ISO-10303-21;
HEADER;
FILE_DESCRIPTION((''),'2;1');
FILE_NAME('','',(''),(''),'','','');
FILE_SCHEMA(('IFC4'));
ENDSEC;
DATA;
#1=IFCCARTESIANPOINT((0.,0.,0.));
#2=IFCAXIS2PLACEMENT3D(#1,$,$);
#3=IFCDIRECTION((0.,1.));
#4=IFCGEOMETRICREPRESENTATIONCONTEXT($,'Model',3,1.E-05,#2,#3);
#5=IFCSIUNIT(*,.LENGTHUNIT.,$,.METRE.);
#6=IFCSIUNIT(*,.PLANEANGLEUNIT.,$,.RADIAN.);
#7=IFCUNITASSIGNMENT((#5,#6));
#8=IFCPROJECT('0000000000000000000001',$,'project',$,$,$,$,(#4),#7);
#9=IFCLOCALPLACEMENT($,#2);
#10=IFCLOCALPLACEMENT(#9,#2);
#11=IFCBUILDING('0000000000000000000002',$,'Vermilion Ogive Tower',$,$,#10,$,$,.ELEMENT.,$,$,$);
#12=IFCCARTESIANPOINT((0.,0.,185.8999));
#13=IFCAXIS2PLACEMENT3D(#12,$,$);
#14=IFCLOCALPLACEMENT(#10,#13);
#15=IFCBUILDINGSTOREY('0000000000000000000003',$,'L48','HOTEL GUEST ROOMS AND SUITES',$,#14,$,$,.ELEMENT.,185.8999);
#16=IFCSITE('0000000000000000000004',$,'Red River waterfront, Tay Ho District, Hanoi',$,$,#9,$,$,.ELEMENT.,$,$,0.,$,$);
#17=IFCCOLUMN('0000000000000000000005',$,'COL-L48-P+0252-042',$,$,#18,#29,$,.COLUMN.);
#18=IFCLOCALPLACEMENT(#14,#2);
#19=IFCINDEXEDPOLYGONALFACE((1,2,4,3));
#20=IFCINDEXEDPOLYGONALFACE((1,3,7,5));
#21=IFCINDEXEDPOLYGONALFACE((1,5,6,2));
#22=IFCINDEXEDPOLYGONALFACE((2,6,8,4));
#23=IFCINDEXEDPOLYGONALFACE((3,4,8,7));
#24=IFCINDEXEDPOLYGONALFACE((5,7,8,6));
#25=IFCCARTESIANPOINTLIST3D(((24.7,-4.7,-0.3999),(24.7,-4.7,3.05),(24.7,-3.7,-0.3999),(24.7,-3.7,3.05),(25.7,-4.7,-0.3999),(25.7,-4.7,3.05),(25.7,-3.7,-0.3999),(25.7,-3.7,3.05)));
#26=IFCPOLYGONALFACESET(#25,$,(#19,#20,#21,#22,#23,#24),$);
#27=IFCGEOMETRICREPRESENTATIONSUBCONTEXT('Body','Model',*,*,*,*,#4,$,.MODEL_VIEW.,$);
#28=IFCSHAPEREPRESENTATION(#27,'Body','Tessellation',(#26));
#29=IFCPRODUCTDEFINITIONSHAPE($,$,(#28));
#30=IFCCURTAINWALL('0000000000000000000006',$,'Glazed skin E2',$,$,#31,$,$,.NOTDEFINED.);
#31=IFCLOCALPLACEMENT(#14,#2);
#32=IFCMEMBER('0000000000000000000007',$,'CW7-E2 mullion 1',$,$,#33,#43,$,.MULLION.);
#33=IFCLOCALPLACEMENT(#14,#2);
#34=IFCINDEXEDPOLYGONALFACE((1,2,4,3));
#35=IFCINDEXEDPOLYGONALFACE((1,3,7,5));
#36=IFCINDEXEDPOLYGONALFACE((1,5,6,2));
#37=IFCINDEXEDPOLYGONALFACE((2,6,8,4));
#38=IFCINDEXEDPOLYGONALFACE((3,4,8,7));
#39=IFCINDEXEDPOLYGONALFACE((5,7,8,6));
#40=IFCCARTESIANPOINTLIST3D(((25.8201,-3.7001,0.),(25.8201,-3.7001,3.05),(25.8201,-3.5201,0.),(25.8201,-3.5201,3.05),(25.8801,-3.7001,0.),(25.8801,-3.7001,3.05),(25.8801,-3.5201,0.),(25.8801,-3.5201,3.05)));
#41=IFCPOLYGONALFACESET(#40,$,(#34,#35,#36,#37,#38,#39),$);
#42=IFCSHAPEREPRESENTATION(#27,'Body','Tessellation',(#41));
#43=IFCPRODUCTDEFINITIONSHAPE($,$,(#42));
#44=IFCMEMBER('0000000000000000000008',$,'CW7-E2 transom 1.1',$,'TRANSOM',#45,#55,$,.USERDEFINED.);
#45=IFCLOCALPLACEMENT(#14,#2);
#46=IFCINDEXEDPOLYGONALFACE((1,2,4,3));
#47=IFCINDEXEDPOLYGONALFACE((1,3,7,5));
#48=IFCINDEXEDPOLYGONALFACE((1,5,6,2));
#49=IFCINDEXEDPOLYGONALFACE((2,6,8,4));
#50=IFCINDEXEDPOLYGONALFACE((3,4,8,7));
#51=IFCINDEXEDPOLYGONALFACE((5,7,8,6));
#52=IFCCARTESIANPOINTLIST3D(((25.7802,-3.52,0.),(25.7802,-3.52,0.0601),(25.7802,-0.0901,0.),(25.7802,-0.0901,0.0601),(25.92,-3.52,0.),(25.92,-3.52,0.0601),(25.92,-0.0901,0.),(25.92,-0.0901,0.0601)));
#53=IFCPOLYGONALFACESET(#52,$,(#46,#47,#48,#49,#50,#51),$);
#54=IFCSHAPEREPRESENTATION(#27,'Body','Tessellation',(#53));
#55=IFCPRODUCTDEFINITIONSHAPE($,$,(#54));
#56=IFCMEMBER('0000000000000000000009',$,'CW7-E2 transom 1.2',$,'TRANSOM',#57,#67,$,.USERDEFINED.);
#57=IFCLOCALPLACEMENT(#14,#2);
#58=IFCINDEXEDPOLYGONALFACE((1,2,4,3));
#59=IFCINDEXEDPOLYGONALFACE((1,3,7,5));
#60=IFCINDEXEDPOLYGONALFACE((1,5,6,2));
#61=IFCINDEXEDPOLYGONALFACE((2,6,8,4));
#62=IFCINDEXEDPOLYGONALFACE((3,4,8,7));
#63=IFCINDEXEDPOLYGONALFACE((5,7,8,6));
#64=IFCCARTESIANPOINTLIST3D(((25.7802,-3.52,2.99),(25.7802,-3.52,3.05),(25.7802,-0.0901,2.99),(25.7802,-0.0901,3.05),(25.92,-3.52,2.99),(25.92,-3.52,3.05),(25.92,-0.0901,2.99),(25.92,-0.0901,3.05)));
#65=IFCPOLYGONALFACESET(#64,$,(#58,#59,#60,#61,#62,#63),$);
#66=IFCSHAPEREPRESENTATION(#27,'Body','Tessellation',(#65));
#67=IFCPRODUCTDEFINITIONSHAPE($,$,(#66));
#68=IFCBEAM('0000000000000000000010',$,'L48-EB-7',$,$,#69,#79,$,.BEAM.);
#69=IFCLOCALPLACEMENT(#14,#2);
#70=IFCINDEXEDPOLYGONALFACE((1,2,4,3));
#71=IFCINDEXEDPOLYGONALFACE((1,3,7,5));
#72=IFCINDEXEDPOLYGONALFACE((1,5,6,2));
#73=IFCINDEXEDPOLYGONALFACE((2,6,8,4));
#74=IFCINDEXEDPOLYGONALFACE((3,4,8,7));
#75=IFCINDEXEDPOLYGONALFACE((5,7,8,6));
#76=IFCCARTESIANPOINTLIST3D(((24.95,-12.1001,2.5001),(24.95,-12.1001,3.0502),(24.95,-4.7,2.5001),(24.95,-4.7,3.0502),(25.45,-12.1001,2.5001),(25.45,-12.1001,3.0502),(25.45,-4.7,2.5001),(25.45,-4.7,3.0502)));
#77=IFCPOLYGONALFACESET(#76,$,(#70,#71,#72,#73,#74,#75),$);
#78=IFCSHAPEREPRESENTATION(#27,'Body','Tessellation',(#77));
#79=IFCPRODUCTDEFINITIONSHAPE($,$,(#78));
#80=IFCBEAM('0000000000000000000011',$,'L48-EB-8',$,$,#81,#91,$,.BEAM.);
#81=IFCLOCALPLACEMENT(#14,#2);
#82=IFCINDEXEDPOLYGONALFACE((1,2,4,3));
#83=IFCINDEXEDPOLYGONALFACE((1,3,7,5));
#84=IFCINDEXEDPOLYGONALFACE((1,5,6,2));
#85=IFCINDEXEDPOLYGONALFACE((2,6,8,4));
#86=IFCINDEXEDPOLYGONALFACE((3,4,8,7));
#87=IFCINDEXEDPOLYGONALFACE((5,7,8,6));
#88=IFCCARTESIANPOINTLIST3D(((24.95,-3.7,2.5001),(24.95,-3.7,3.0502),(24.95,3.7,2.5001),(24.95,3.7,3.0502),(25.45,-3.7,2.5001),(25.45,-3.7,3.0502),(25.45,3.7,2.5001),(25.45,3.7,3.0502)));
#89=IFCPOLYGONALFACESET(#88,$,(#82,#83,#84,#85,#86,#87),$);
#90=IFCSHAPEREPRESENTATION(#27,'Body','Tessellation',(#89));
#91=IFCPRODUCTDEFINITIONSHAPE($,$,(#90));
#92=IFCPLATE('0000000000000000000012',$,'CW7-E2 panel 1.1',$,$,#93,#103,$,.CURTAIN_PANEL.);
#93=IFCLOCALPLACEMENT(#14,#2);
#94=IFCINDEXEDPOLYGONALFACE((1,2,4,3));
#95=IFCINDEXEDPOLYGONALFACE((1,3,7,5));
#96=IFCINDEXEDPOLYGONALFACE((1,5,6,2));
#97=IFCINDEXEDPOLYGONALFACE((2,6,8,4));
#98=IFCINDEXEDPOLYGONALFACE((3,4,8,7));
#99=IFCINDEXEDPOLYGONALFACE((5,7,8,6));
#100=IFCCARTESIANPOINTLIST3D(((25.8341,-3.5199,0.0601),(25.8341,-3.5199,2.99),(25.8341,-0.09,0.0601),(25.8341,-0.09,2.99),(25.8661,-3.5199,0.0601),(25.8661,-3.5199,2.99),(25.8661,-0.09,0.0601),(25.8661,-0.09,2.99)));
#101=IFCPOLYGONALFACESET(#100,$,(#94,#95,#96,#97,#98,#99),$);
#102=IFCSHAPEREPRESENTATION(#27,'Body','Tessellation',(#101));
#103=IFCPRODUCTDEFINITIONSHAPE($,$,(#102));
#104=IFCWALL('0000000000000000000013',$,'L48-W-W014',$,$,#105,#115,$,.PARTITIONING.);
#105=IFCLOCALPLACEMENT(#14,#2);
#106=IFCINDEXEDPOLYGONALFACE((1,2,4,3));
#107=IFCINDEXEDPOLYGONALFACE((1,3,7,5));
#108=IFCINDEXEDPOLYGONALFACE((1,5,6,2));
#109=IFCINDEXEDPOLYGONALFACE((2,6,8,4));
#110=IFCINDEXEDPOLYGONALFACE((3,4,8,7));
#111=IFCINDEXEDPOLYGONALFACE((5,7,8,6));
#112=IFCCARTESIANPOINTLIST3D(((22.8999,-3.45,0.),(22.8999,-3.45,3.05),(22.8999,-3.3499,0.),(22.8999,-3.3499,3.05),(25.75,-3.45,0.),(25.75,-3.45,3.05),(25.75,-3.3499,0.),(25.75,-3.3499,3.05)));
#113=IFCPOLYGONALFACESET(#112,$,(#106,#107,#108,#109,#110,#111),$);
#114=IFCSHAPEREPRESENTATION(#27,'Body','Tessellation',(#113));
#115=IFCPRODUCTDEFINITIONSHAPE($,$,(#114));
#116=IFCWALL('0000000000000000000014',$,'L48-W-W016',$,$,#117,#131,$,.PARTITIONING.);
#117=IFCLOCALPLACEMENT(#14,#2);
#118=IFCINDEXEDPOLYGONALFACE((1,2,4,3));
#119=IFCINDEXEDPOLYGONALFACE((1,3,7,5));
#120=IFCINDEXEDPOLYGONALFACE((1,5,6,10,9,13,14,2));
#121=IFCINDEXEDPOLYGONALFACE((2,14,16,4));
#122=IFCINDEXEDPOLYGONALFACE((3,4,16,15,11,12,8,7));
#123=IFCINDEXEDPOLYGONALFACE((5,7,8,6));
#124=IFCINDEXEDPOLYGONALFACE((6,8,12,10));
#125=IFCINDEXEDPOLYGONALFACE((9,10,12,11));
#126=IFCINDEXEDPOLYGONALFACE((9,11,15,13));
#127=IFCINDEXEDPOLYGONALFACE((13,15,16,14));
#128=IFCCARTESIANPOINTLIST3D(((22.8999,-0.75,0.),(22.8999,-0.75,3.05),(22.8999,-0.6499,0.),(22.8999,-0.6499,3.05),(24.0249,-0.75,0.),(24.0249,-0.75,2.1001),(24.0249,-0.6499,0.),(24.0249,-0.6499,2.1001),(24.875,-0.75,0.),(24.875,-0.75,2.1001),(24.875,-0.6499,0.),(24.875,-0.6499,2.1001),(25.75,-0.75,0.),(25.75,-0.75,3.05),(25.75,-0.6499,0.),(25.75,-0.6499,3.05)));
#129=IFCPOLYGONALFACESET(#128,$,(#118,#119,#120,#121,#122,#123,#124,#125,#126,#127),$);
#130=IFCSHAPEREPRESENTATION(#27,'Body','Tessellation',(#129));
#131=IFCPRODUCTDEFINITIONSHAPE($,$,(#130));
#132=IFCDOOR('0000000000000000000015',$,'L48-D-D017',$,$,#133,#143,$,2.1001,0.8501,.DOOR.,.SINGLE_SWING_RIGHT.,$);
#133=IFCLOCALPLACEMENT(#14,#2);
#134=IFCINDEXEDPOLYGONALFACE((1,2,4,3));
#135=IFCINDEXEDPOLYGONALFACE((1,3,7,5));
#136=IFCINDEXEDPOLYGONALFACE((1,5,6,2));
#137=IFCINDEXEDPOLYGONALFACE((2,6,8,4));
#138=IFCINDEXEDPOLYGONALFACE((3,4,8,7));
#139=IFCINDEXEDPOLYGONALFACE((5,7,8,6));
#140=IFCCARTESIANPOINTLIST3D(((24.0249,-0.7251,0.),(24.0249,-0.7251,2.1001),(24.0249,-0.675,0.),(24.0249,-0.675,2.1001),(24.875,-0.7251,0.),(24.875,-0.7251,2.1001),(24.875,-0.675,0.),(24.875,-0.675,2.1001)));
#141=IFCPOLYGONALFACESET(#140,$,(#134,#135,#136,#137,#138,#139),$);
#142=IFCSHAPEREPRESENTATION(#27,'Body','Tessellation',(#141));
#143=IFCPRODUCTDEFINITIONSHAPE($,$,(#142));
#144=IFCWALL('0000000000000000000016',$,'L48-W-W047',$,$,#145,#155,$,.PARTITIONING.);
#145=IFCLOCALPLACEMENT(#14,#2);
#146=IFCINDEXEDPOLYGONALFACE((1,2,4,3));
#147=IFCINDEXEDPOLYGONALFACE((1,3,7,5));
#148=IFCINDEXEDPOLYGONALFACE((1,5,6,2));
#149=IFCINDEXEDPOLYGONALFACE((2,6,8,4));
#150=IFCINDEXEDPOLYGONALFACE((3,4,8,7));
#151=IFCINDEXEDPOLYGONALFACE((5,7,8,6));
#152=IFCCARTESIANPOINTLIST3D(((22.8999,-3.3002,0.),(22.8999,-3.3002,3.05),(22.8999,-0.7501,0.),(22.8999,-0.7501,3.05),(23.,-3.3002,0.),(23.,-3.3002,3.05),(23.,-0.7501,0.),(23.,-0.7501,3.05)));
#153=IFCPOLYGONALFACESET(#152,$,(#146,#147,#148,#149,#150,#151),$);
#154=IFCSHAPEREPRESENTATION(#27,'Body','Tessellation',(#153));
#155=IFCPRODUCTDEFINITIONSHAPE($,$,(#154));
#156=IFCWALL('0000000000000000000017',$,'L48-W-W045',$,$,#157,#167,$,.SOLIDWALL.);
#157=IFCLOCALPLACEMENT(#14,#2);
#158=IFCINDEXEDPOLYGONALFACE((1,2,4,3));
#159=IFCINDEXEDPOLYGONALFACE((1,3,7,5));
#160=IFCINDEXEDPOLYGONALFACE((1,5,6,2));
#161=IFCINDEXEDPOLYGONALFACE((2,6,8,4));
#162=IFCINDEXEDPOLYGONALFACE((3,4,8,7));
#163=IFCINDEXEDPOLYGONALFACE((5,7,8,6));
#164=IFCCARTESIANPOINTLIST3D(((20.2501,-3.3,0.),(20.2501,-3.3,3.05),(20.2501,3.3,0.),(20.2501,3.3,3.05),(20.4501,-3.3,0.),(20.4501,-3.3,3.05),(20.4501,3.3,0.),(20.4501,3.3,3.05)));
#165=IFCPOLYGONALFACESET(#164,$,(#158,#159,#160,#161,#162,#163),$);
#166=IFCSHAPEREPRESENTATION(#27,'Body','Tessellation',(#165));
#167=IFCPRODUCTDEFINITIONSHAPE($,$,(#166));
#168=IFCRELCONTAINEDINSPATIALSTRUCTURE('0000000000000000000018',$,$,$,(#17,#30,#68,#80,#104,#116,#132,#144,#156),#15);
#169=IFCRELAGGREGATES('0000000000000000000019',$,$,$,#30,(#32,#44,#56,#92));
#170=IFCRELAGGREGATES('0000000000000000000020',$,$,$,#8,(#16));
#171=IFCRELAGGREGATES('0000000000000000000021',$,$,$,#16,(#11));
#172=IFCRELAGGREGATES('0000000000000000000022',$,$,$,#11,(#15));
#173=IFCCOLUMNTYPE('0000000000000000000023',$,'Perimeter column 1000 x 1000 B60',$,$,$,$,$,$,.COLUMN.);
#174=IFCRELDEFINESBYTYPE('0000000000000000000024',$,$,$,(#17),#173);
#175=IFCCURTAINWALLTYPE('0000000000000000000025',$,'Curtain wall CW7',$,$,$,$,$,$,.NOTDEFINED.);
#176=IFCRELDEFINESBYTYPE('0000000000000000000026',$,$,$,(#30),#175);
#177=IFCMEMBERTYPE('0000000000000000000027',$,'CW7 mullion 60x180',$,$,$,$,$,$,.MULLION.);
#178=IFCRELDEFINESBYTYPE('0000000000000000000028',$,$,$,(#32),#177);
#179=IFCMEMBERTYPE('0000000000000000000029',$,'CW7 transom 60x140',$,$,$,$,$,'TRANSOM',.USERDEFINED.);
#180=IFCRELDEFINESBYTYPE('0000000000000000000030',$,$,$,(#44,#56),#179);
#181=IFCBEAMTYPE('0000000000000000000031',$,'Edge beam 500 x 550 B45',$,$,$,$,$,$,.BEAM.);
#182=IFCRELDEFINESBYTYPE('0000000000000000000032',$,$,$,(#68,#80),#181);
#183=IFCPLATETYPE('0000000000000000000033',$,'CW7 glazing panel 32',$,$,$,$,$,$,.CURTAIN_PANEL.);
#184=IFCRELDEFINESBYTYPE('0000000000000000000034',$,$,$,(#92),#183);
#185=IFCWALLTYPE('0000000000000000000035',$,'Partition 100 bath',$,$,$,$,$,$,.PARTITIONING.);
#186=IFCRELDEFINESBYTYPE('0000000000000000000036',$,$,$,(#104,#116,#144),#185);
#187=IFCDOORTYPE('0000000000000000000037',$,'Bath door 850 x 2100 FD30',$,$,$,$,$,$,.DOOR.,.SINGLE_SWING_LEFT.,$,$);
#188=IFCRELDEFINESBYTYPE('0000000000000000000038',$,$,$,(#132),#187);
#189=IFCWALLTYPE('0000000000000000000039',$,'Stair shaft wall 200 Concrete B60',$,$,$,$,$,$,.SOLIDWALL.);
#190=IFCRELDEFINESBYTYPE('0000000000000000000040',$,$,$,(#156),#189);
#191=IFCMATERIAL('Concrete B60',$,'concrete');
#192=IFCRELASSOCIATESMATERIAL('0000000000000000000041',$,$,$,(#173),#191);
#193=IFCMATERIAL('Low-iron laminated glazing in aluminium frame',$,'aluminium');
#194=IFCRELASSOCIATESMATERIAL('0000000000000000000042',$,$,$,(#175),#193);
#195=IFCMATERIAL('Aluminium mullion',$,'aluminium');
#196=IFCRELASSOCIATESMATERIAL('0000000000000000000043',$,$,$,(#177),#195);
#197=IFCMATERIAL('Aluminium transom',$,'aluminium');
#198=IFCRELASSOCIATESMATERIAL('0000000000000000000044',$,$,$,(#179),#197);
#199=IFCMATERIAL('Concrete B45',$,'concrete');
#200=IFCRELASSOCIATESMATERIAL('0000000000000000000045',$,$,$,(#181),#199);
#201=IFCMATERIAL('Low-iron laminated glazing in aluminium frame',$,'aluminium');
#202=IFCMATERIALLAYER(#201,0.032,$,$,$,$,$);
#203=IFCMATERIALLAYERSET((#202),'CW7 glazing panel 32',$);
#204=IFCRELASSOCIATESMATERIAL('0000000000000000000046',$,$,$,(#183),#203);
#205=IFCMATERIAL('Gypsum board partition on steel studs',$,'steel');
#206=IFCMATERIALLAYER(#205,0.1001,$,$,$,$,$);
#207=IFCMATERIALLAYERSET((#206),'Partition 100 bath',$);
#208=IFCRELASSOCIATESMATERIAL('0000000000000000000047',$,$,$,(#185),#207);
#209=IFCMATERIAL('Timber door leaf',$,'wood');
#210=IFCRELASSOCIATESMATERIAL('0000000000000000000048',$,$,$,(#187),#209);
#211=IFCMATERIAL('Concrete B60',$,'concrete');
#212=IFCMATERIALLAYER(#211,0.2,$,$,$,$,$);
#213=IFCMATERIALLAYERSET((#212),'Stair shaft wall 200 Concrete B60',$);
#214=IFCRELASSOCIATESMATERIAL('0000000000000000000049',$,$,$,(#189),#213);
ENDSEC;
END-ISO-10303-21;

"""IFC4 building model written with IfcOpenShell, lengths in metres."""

from ifc_helpers import new_model, si_unit, direction, frame, frame_2d, origin, origin_2d, place, context, subcontext, project, spatial, rectangle, extrude, material, layer, layer_set, material_profile, profile_set, type_object, element, fill, aggregate, save


model = new_model("IFC4")

# Units and contexts
model_context = context("Model", 3, precision=1e-05, world=origin(), true_north=direction((0.0, 1.0)))
body_context = subcontext(model_context, "Body", "Model", "MODEL_VIEW")
ifc_project = project(units=[si_unit("LENGTHUNIT", "METRE"), si_unit("PLANEANGLEUNIT", "RADIAN")], contexts=[model_context])

# Site, building, storey
site_placement = place(None, origin())
site = spatial("IfcSite", under=ifc_project, at=site_placement, Name="Red River waterfront, Tay Ho District, Hanoi", CompositionType="ELEMENT", RefElevation=0.0)
building_placement = place(site_placement, origin())
building = spatial("IfcBuilding", under=site, at=building_placement, Name="Vermilion Ogive Tower", CompositionType="ELEMENT")
storey_placement = place(building_placement, frame((0.0, 0.0, 185.8999)))
storey = spatial("IfcBuildingStorey", under=building, at=storey_placement, Name="L48", Description="HOTEL GUEST ROOMS AND SUITES", CompositionType="ELEMENT", Elevation=185.8999)

# Column
ifc_material_1 = material(Name="Concrete B60", Category="concrete")
ifc_material_profile_1 = material_profile(ifc_material_1, rectangle(XDim=1.0, YDim=1.0, at=origin_2d()), Name="1000 x 1000")
ifc_profile_set_1 = profile_set([ifc_material_profile_1], Name="Concrete B60")
column_type = type_object("IfcColumnType", Name="Perimeter column 1000 x 1000 B60", PredefinedType="COLUMN", material=ifc_profile_set_1)
column_placement = place(storey_placement, frame((25.2, -4.2, -0.3999), z_axis=(0.0, 0.0, 1.0), x_axis=(1.0, 0.0, 0.0)))
element("IfcColumn", 1, at=column_placement, inside=storey, type_object=column_type, Name="COL-L48-P+0252-042", PredefinedType="COLUMN", context=body_context, shape_type="SweptSolid", body=[
    extrude(rectangle(XDim=1.0, YDim=1.0, at=origin_2d()), origin(), (0.0, 0.0, 1.0), 3.45),
])

# Curtain wall, members
ifc_material_2 = material(Name="Low-iron laminated glazing in aluminium frame", Category="aluminium")
curtain_wall_type = type_object("IfcCurtainWallType", Name="Curtain wall CW7", PredefinedType="NOTDEFINED", material=ifc_material_2)
curtain_wall_placement = place(storey_placement, origin())
curtain_wall = element("IfcCurtainWall", 2, at=curtain_wall_placement, inside=storey, type_object=curtain_wall_type, Name="Glazed skin E2", PredefinedType="NOTDEFINED")
ifc_material_3 = material(Name="Aluminium mullion", Category="aluminium")
ifc_material_profile_2 = material_profile(ifc_material_3, rectangle(XDim=0.0601, YDim=0.1799, at=origin_2d()), Name="AL 60x180")
ifc_profile_set_2 = profile_set([ifc_material_profile_2], Name="Aluminium mullion")
member_type_1 = type_object("IfcMemberType", Name="CW7 mullion 60x180", PredefinedType="MULLION", material=ifc_profile_set_2)
member_1_placement = place(storey_placement, frame((25.8501, -3.6101, 0.0), z_axis=(0.0, 0.0, 1.0), x_axis=(-1.0, 0.0, 0.0)))
member_1 = element("IfcMember", 3, at=member_1_placement, type_object=member_type_1, Name="CW7-E2 mullion 1", PredefinedType="MULLION", context=body_context, shape_type="SweptSolid", body=[
    extrude(rectangle(XDim=0.0601, YDim=0.1799, at=origin_2d()), origin(), (0.0, 0.0, 1.0), 3.05),
])
ifc_material_4 = material(Name="Aluminium transom", Category="aluminium")
ifc_material_profile_3 = material_profile(ifc_material_4, rectangle(XDim=0.1399, YDim=0.0601, at=origin_2d()), Name="AL 60x140")
ifc_profile_set_3 = profile_set([ifc_material_profile_3], Name="Aluminium transom")
member_type_2 = type_object("IfcMemberType", Name="CW7 transom 60x140", ElementType="TRANSOM", PredefinedType="USERDEFINED", material=ifc_profile_set_3)
member_2_placement = place(storey_placement, frame((25.8501, -3.52, 0.03), z_axis=(0.0, 1.0, 0.0), x_axis=(-1.0, 0.0, 0.0)))
member_2 = element("IfcMember", 4, at=member_2_placement, type_object=member_type_2, Name="CW7-E2 transom 1.1", ObjectType="TRANSOM", PredefinedType="USERDEFINED", context=body_context, shape_type="SweptSolid", body=[
    extrude(rectangle(XDim=0.1399, YDim=0.0601, at=origin_2d()), origin(), (0.0, 0.0, 1.0), 3.4299),
])
member_3_placement = place(storey_placement, frame((25.8501, -3.52, 3.02), z_axis=(0.0, 1.0, 0.0), x_axis=(-1.0, 0.0, 0.0)))
member_3 = element("IfcMember", 5, at=member_3_placement, type_object=member_type_2, Name="CW7-E2 transom 1.2", ObjectType="TRANSOM", PredefinedType="USERDEFINED", context=body_context, shape_type="SweptSolid", body=[
    extrude(rectangle(XDim=0.1399, YDim=0.0601, at=origin_2d()), origin(), (0.0, 0.0, 1.0), 3.4299),
])

# Beams
ifc_material_5 = material(Name="Concrete B45", Category="concrete")
ifc_material_profile_4 = material_profile(ifc_material_5, rectangle(XDim=0.5, YDim=0.55, at=origin_2d()), Name="500 x 550")
ifc_profile_set_4 = profile_set([ifc_material_profile_4], Name="Concrete B45")
beam_type = type_object("IfcBeamType", Name="Edge beam 500 x 550 B45", PredefinedType="BEAM", material=ifc_profile_set_4)
beam_1_placement = place(storey_placement, frame((25.2, -12.1001, 2.7751), z_axis=(0.0, 1.0, 0.0), x_axis=(-1.0, 0.0, 0.0)))
element("IfcBeam", 6, at=beam_1_placement, inside=storey, type_object=beam_type, Name="L48-EB-7", PredefinedType="BEAM", context=body_context, shape_type="SweptSolid", body=[
    extrude(rectangle(XDim=0.5, YDim=0.55, at=origin_2d()), origin(), (0.0, 0.0, 1.0), 7.4001),
])
beam_2_placement = place(storey_placement, frame((25.2, -3.7, 2.7751), z_axis=(0.0, 1.0, 0.0), x_axis=(-1.0, 0.0, 0.0)))
element("IfcBeam", 7, at=beam_2_placement, inside=storey, type_object=beam_type, Name="L48-EB-8", PredefinedType="BEAM", context=body_context, shape_type="SweptSolid", body=[
    extrude(rectangle(XDim=0.5, YDim=0.55, at=origin_2d()), origin(), (0.0, 0.0, 1.0), 7.3999),
])

# Plate
ifc_material_6 = material(Name="Low-iron laminated glazing in aluminium frame", Category="aluminium")
ifc_layer_1 = layer(ifc_material_6, 0.032)
ifc_layer_set_1 = layer_set([ifc_layer_1], Name="CW7 glazing panel 32")
plate_type = type_object("IfcPlateType", Name="CW7 glazing panel 32", PredefinedType="CURTAIN_PANEL", material=ifc_layer_set_1)
plate_placement = place(storey_placement, frame((25.8501, -1.8049, 0.0601), z_axis=(0.0, 0.0, 1.0), x_axis=(0.0, 1.0, 0.0)))
plate = element("IfcPlate", 8, at=plate_placement, type_object=plate_type, Name="CW7-E2 panel 1.1", PredefinedType="CURTAIN_PANEL", context=body_context, shape_type="SweptSolid", body=[
    extrude(rectangle(XDim=3.4299, YDim=0.032, at=origin_2d()), origin(), (0.0, 0.0, 1.0), 2.9299),
])
aggregate(curtain_wall, [member_1, member_2, member_3, plate])

# Wall
ifc_material_7 = material(Name="Gypsum board partition on steel studs", Category="steel")
ifc_layer_2 = layer(ifc_material_7, 0.1001)
ifc_layer_set_2 = layer_set([ifc_layer_2], Name="Partition 100 bath")
wall_type_1 = type_object("IfcWallType", Name="Partition 100 bath", PredefinedType="PARTITIONING", material=ifc_layer_set_2)
wall_1_placement = place(storey_placement, frame((22.8999, -3.3999, 0.0), z_axis=(0.0, 0.0, 1.0), x_axis=(1.0, 0.0, 0.0)))
element("IfcWall", 9, at=wall_1_placement, inside=storey, type_object=wall_type_1, Name="L48-W-W014", PredefinedType="PARTITIONING", context=body_context, shape_type="SweptSolid", body=[
    extrude(rectangle(XDim=2.8501, YDim=0.1001, at=frame_2d((1.425, 0.0))), origin(), (0.0, 0.0, 1.0), 3.05),
])

# Wall, opening, door
wall_2_placement = place(storey_placement, frame((22.8999, -0.7, 0.0), z_axis=(0.0, 0.0, 1.0), x_axis=(1.0, 0.0, 0.0)))
wall_2 = element("IfcWall", 10, at=wall_2_placement, inside=storey, type_object=wall_type_1, Name="L48-W-W016", PredefinedType="PARTITIONING", context=body_context, shape_type="SweptSolid", body=[
    extrude(rectangle(XDim=2.8501, YDim=0.1001, at=frame_2d((1.425, 0.0))), origin(), (0.0, 0.0, 1.0), 3.05),
])
opening_1_placement = place(wall_2_placement, frame((1.125, 0.0, 0.0)))
opening_1 = element("IfcOpeningElement", 11, at=opening_1_placement, cuts=wall_2, PredefinedType="OPENING", context=body_context, shape_type="SweptSolid", body=[
    extrude(rectangle(XDim=0.8501, YDim=2.1001, at=frame_2d((0.425, 1.05))), frame((0.0, 0.0601, 0.0), z_axis=(0.0, -1.0, 0.0), x_axis=(1.0, 0.0, 0.0)), (0.0, 0.0, 1.0), 0.1201),
])
ifc_material_8 = material(Name="Timber door leaf", Category="wood")
door_type_1 = type_object("IfcDoorType", Name="Bath door 850 x 2100 FD30", OperationType="SINGLE_SWING_LEFT", PredefinedType="DOOR", material=ifc_material_8)
door_1_placement = place(opening_1_placement, origin())
door_1 = element("IfcDoor", 12, at=door_1_placement, inside=storey, type_object=door_type_1, Name="L48-D-D017", OperationType="SINGLE_SWING_RIGHT", OverallHeight=2.1001, OverallWidth=0.8501, PredefinedType="DOOR", context=body_context, shape_type="SweptSolid", body=[
    extrude(rectangle(XDim=0.8501, YDim=2.1001, at=frame_2d((0.425, 1.05))), frame((0.0, 0.0249, 0.0), z_axis=(0.0, -1.0, 0.0), x_axis=(1.0, 0.0, 0.0)), (0.0, 0.0, 1.0), 0.05),
])
fill(opening_1, door_1)

# Walls
wall_3_placement = place(storey_placement, frame((22.95, -3.3, 0.0), z_axis=(0.0, 0.0, 1.0), x_axis=(0.0, 1.0, 0.0)))
element("IfcWall", 13, at=wall_3_placement, inside=storey, type_object=wall_type_1, Name="L48-W-W047", PredefinedType="PARTITIONING", context=body_context, shape_type="SweptSolid", body=[
    extrude(rectangle(XDim=2.55, YDim=0.1001, at=frame_2d((1.2749, 0.0))), origin(), (0.0, 0.0, 1.0), 3.05),
])
ifc_material_9 = material(Name="Concrete B60", Category="concrete")
ifc_layer_3 = layer(ifc_material_9, 0.2)
ifc_layer_set_3 = layer_set([ifc_layer_3], Name="Stair shaft wall 200 Concrete B60")
wall_type_2 = type_object("IfcWallType", Name="Stair shaft wall 200 Concrete B60", PredefinedType="SOLIDWALL", material=ifc_layer_set_3)
wall_4_placement = place(storey_placement, frame((20.3501, -3.3, 0.0), z_axis=(0.0, 0.0, 1.0), x_axis=(0.0, 1.0, 0.0)))
element("IfcWall", 14, at=wall_4_placement, inside=storey, type_object=wall_type_2, Name="L48-W-W045", PredefinedType="SOLIDWALL", context=body_context, shape_type="SweptSolid", body=[
    extrude(rectangle(XDim=6.6001, YDim=0.2, at=frame_2d((3.3, 0.0))), origin(), (0.0, 0.0, 1.0), 3.05),
])

save(model, "model.ifc")
